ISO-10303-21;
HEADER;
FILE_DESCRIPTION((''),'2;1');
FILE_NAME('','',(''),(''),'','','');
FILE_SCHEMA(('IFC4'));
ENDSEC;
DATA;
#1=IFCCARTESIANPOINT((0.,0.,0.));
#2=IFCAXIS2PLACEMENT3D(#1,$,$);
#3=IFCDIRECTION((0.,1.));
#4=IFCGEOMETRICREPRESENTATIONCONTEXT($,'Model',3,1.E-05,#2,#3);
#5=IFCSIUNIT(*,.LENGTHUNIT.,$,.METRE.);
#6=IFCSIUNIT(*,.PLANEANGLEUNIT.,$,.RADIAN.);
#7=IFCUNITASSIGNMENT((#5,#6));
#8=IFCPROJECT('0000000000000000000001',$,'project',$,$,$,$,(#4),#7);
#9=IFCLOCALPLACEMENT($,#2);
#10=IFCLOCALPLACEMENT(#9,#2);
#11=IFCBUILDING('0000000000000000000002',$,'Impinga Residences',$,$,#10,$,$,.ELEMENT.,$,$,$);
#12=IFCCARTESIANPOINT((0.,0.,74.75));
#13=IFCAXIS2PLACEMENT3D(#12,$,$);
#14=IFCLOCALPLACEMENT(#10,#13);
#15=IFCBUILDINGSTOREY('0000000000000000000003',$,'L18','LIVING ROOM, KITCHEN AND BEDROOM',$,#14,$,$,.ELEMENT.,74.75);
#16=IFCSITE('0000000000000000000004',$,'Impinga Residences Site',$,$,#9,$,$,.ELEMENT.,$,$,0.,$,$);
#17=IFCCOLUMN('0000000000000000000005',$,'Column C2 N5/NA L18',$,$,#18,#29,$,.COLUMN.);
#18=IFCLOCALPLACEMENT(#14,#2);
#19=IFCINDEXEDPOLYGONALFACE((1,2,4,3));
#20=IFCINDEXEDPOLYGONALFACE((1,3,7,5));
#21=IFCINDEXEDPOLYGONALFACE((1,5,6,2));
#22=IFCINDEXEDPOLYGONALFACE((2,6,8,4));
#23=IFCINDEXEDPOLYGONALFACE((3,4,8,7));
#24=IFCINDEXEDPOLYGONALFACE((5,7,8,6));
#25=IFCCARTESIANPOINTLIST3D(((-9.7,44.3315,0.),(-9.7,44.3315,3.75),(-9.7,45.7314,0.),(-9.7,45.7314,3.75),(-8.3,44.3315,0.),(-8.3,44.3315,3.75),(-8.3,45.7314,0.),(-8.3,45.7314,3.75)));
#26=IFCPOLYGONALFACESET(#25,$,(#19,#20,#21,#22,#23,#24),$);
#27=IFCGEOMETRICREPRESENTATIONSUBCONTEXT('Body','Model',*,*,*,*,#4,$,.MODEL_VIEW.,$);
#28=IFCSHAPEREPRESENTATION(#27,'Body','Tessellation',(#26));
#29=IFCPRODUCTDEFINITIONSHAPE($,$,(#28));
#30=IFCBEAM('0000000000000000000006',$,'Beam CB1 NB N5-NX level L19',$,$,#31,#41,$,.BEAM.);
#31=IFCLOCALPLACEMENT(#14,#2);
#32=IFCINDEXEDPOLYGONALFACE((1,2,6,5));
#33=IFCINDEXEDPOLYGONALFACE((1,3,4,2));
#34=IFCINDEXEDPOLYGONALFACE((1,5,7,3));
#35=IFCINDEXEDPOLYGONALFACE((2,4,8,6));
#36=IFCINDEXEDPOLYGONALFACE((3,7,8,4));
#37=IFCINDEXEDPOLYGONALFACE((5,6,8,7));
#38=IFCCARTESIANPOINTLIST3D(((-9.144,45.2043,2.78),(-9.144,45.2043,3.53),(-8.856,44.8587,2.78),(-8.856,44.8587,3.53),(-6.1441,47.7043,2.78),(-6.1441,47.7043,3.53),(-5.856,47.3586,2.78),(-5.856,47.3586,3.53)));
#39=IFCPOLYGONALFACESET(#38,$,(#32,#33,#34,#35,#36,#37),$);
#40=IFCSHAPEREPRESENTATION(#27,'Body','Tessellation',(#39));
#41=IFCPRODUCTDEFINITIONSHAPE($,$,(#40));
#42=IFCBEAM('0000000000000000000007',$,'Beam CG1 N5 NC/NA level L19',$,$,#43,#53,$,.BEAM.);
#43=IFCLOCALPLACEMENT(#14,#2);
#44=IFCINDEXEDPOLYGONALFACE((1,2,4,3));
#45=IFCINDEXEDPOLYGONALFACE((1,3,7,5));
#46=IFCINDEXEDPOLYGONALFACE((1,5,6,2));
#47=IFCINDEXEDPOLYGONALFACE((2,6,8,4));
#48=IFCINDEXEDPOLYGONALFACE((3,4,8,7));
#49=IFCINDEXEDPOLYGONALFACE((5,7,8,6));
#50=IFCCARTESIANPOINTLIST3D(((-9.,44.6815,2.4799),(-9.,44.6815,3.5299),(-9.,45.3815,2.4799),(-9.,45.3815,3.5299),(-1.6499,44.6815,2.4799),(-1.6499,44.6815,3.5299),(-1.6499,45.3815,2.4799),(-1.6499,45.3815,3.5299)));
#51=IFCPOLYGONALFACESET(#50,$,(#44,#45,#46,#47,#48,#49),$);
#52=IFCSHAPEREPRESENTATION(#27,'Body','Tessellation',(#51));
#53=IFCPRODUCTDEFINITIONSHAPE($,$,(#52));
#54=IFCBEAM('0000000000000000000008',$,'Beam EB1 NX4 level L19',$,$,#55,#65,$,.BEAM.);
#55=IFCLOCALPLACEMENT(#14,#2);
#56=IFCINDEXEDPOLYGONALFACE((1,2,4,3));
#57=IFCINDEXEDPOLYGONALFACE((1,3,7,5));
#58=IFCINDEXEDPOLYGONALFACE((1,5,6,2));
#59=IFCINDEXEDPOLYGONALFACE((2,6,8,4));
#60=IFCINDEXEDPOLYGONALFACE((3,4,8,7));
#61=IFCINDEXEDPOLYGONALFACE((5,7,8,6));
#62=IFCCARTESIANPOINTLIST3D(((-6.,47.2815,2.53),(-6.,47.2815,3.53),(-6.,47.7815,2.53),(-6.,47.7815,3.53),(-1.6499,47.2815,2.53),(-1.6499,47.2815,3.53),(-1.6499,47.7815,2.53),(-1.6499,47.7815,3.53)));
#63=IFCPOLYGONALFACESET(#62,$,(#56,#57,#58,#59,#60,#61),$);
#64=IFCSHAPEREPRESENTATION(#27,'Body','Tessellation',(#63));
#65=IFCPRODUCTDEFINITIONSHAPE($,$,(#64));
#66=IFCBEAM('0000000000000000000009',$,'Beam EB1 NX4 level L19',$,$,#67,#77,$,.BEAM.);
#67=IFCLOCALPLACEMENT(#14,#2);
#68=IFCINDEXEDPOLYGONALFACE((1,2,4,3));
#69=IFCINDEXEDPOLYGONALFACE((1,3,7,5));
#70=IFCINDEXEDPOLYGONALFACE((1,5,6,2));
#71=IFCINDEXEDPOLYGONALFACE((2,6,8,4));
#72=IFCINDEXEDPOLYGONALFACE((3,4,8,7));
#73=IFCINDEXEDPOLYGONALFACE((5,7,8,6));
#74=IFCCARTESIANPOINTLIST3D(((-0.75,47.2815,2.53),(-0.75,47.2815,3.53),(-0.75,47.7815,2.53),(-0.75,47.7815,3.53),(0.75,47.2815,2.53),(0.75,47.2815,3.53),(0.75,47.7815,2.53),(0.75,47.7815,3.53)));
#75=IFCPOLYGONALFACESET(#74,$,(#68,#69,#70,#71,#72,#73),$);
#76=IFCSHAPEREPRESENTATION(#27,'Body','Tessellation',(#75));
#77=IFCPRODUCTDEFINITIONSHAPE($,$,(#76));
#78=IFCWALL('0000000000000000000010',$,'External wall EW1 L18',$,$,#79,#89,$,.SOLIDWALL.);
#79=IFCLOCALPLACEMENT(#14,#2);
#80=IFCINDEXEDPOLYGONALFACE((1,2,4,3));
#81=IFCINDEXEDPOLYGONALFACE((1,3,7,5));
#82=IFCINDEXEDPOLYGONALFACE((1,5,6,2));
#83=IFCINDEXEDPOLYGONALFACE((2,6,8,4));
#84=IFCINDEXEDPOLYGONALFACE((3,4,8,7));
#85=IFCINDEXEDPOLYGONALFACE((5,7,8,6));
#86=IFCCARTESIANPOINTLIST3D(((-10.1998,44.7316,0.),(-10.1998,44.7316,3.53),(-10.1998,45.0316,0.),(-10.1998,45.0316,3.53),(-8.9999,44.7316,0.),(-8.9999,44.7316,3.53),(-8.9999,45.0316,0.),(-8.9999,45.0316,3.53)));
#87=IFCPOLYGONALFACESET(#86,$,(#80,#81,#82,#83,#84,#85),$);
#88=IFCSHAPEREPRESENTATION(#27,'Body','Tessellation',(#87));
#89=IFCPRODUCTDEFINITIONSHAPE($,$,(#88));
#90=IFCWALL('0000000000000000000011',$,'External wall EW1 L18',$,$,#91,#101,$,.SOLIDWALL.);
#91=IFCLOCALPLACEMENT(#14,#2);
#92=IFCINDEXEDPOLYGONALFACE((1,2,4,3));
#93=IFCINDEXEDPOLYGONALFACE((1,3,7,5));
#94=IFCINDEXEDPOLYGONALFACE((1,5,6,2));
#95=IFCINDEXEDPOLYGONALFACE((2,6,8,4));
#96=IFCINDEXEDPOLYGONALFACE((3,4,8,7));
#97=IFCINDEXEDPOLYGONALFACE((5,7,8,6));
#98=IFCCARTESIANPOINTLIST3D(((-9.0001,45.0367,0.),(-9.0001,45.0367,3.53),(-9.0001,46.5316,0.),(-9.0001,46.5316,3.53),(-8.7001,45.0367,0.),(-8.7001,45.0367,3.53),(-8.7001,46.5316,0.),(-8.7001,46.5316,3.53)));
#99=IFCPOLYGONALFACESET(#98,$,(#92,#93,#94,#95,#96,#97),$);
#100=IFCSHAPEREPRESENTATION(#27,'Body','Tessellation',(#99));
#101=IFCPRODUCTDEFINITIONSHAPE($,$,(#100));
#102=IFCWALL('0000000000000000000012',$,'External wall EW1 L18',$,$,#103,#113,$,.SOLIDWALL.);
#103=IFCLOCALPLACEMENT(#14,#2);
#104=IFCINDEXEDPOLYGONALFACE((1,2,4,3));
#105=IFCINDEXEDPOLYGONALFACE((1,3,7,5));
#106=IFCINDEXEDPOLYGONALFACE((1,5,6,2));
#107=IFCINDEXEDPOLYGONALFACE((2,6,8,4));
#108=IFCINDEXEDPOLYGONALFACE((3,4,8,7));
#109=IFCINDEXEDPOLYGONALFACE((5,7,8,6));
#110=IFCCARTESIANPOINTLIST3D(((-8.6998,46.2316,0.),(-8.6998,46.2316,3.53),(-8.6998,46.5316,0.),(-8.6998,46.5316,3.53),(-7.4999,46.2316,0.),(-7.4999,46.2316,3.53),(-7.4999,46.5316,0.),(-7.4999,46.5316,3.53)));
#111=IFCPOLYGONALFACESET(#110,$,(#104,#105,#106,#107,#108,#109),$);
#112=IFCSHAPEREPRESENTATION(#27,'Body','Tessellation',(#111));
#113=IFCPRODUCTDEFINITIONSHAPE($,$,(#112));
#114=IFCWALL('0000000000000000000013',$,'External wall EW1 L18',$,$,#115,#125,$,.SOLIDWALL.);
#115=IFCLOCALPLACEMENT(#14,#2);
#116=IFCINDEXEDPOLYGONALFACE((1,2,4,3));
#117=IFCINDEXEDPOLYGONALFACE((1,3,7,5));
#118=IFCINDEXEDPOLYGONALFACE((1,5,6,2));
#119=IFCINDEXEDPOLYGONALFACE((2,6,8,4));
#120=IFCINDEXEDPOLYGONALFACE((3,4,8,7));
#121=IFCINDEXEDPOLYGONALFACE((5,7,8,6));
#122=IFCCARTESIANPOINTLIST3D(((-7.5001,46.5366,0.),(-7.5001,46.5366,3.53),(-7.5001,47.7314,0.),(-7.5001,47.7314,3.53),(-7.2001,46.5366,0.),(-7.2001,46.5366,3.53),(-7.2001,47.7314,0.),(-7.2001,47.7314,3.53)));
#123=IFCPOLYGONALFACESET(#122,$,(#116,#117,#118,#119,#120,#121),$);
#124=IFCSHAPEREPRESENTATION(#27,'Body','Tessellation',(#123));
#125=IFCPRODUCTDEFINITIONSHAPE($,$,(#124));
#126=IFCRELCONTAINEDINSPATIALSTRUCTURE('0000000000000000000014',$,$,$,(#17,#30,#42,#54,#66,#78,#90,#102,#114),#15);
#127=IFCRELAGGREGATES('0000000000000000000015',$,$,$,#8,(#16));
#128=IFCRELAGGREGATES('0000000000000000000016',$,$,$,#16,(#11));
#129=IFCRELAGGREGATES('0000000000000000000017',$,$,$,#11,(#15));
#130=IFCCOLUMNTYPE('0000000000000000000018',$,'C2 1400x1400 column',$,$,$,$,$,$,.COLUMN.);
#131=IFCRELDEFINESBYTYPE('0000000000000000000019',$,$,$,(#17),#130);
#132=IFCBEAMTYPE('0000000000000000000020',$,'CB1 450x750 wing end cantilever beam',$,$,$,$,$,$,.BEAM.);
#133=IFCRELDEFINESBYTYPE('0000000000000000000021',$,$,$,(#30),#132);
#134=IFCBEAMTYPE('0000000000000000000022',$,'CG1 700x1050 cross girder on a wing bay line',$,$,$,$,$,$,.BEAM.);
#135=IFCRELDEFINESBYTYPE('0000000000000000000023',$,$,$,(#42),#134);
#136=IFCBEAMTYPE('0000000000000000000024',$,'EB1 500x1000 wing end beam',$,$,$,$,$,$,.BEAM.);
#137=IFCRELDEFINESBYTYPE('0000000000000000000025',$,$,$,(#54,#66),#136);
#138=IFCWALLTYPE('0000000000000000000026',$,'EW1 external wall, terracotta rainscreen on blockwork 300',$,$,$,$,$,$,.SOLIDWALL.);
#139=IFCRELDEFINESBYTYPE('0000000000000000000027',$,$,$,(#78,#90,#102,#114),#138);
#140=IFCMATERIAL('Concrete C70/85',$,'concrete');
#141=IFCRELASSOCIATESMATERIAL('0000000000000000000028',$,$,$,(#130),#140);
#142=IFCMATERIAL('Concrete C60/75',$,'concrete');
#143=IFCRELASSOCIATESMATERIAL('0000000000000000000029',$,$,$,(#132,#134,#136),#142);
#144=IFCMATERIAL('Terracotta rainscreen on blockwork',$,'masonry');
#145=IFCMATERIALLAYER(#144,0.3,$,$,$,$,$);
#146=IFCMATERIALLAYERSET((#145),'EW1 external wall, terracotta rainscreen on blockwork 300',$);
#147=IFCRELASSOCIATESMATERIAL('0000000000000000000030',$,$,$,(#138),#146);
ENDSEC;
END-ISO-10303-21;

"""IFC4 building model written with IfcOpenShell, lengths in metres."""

from ifc_helpers import new_model, si_unit, direction, frame, frame_2d, origin, origin_2d, place, context, subcontext, project, spatial, rectangle, extrude, material, layer, layer_set, material_profile, profile_set, type_object, element, save


model = new_model("IFC4")

# Units and contexts
model_context = context("Model", 3, precision=1e-05, world=origin(), true_north=direction((0.0, 1.0)))
body_context = subcontext(model_context, "Body", "Model", "MODEL_VIEW")
ifc_project = project(units=[si_unit("LENGTHUNIT", "METRE"), si_unit("PLANEANGLEUNIT", "RADIAN")], contexts=[model_context])

# Site, building, storey
site_placement = place(None, origin())
site = spatial("IfcSite", under=ifc_project, at=site_placement, Name="Impinga Residences Site", CompositionType="ELEMENT", RefElevation=0.0)
building_placement = place(site_placement, origin())
building = spatial("IfcBuilding", under=site, at=building_placement, Name="Impinga Residences", CompositionType="ELEMENT")
storey_placement = place(building_placement, frame((0.0, 0.0, 74.75)))
storey = spatial("IfcBuildingStorey", under=building, at=storey_placement, Name="L18", Description="LIVING ROOM, KITCHEN AND BEDROOM", CompositionType="ELEMENT", Elevation=74.75)

# Column
ifc_material_1 = material(Name="Concrete C70/85", Category="concrete")
ifc_material_profile_1 = material_profile(ifc_material_1, rectangle(XDim=1.3999, YDim=1.3999, at=origin_2d()), Name="RC 1400x1400")
ifc_profile_set_1 = profile_set([ifc_material_profile_1], Name="Concrete C70/85")
column_type = type_object("IfcColumnType", Name="C2 1400x1400 column", PredefinedType="COLUMN", material=ifc_profile_set_1)
column_placement = place(storey_placement, frame((-9.0, 45.0315, 0.0), z_axis=(0.0, 0.0, 1.0), x_axis=(1.0, 0.0, 0.0)))
element("IfcColumn", 1, at=column_placement, inside=storey, type_object=column_type, Name="Column C2 N5/NA L18", PredefinedType="COLUMN", context=body_context, shape_type="SweptSolid", body=[
    extrude(rectangle(XDim=1.3999, YDim=1.3999, at=origin_2d()), origin(), (0.0, 0.0, 1.0), 3.75),
])

# Beams
ifc_material_2 = material(Name="Concrete C60/75", Category="concrete")
ifc_material_profile_2 = material_profile(ifc_material_2, rectangle(XDim=0.45, YDim=0.75, at=origin_2d()), Name="RC 450x750")
ifc_profile_set_2 = profile_set([ifc_material_profile_2], Name="Concrete C60/75")
beam_type_1 = type_object("IfcBeamType", Name="CB1 450x750 wing end cantilever beam", PredefinedType="BEAM", material=ifc_profile_set_2)
beam_1_placement = place(storey_placement, frame((-9.0, 45.0315, 3.155), z_axis=(0.768221, 0.640184, 0.0), x_axis=(-0.640184, 0.768221, 0.0)))
element("IfcBeam", 2, at=beam_1_placement, inside=storey, type_object=beam_type_1, Name="Beam CB1 NB N5-NX level L19", PredefinedType="BEAM", context=body_context, shape_type="SweptSolid", body=[
    extrude(rectangle(XDim=0.45, YDim=0.75, at=origin_2d()), origin(), (0.0, 0.0, 1.0), 3.905),
])
ifc_material_profile_3 = material_profile(ifc_material_2, rectangle(XDim=0.7, YDim=1.05, at=origin_2d()), Name="RC 700x1050")
ifc_profile_set_3 = profile_set([ifc_material_profile_3], Name="Concrete C60/75")
beam_type_2 = type_object("IfcBeamType", Name="CG1 700x1050 cross girder on a wing bay line", PredefinedType="BEAM", material=ifc_profile_set_3)
beam_2_placement = place(storey_placement, frame((-1.6499, 45.0315, 3.0049), z_axis=(-1.0, 0.0, 0.0), x_axis=(0.0, -1.0, 0.0)))
element("IfcBeam", 3, at=beam_2_placement, inside=storey, type_object=beam_type_2, Name="Beam CG1 N5 NC/NA level L19", PredefinedType="BEAM", context=body_context, shape_type="SweptSolid", body=[
    extrude(rectangle(XDim=0.7, YDim=1.05, at=origin_2d()), origin(), (0.0, 0.0, 1.0), 7.3501),
])
ifc_material_profile_4 = material_profile(ifc_material_2, rectangle(XDim=0.5, YDim=1.0, at=origin_2d()), Name="RC 500x1000")
ifc_profile_set_4 = profile_set([ifc_material_profile_4], Name="Concrete C60/75")
beam_type_3 = type_object("IfcBeamType", Name="EB1 500x1000 wing end beam", PredefinedType="BEAM", material=ifc_profile_set_4)
beam_3_placement = place(storey_placement, frame((-6.0, 47.5315, 3.03), z_axis=(1.0, 0.0, 0.0), x_axis=(0.0, 1.0, 0.0)))
element("IfcBeam", 4, at=beam_3_placement, inside=storey, type_object=beam_type_3, Name="Beam EB1 NX4 level L19", PredefinedType="BEAM", context=body_context, shape_type="SweptSolid", body=[
    extrude(rectangle(XDim=0.5, YDim=1.0, at=origin_2d()), origin(), (0.0, 0.0, 1.0), 4.3501),
])
beam_4_placement = place(storey_placement, frame((-0.75, 47.5315, 3.03), z_axis=(1.0, 0.0, 0.0), x_axis=(0.0, 1.0, 0.0)))
element("IfcBeam", 5, at=beam_4_placement, inside=storey, type_object=beam_type_3, Name="Beam EB1 NX4 level L19", PredefinedType="BEAM", context=body_context, shape_type="SweptSolid", body=[
    extrude(rectangle(XDim=0.5, YDim=1.0, at=origin_2d()), origin(), (0.0, 0.0, 1.0), 1.5),
])

# Walls
ifc_material_3 = material(Name="Terracotta rainscreen on blockwork", Category="masonry")
ifc_layer_1 = layer(ifc_material_3, 0.3)
ifc_layer_set_1 = layer_set([ifc_layer_1], Name="EW1 external wall, terracotta rainscreen on blockwork 300")
wall_type_1 = type_object("IfcWallType", Name="EW1 external wall, terracotta rainscreen on blockwork 300", PredefinedType="SOLIDWALL", material=ifc_layer_set_1)
wall_1_placement = place(storey_placement, frame((-10.2, 44.8816, 0.0), z_axis=(0.0, 0.0, 1.0), x_axis=(1.0, 0.0, 0.0)))
element("IfcWall", 6, at=wall_1_placement, inside=storey, type_object=wall_type_1, Name="External wall EW1 L18", PredefinedType="SOLIDWALL", context=body_context, shape_type="SweptSolid", body=[
    extrude(rectangle(XDim=1.2, YDim=0.3, at=frame_2d((0.6001, 0.0))), origin(), (0.0, 0.0, 1.0), 3.53),
])
wall_2_placement = place(storey_placement, frame((-8.8501, 45.0366, 0.0), z_axis=(0.0, 0.0, 1.0), x_axis=(0.0, 1.0, 0.0)))
element("IfcWall", 7, at=wall_2_placement, inside=storey, type_object=wall_type_1, Name="External wall EW1 L18", PredefinedType="SOLIDWALL", context=body_context, shape_type="SweptSolid", body=[
    extrude(rectangle(XDim=1.4949, YDim=0.3, at=frame_2d((0.7476, 0.0))), origin(), (0.0, 0.0, 1.0), 3.53),
])
wall_3_placement = place(storey_placement, frame((-8.7, 46.3816, 0.0), z_axis=(0.0, 0.0, 1.0), x_axis=(1.0, 0.0, 0.0)))
element("IfcWall", 8, at=wall_3_placement, inside=storey, type_object=wall_type_1, Name="External wall EW1 L18", PredefinedType="SOLIDWALL", context=body_context, shape_type="SweptSolid", body=[
    extrude(rectangle(XDim=1.2, YDim=0.3, at=frame_2d((0.6001, 0.0))), origin(), (0.0, 0.0, 1.0), 3.53),
])
wall_4_placement = place(storey_placement, frame((-7.3501, 46.5366, 0.0), z_axis=(0.0, 0.0, 1.0), x_axis=(0.0, 1.0, 0.0)))
element("IfcWall", 9, at=wall_4_placement, inside=storey, type_object=wall_type_1, Name="External wall EW1 L18", PredefinedType="SOLIDWALL", context=body_context, shape_type="SweptSolid", body=[
    extrude(rectangle(XDim=1.1948, YDim=0.3, at=frame_2d((0.5974, 0.0))), origin(), (0.0, 0.0, 1.0), 3.53),
])

save(model, "model.ifc")
